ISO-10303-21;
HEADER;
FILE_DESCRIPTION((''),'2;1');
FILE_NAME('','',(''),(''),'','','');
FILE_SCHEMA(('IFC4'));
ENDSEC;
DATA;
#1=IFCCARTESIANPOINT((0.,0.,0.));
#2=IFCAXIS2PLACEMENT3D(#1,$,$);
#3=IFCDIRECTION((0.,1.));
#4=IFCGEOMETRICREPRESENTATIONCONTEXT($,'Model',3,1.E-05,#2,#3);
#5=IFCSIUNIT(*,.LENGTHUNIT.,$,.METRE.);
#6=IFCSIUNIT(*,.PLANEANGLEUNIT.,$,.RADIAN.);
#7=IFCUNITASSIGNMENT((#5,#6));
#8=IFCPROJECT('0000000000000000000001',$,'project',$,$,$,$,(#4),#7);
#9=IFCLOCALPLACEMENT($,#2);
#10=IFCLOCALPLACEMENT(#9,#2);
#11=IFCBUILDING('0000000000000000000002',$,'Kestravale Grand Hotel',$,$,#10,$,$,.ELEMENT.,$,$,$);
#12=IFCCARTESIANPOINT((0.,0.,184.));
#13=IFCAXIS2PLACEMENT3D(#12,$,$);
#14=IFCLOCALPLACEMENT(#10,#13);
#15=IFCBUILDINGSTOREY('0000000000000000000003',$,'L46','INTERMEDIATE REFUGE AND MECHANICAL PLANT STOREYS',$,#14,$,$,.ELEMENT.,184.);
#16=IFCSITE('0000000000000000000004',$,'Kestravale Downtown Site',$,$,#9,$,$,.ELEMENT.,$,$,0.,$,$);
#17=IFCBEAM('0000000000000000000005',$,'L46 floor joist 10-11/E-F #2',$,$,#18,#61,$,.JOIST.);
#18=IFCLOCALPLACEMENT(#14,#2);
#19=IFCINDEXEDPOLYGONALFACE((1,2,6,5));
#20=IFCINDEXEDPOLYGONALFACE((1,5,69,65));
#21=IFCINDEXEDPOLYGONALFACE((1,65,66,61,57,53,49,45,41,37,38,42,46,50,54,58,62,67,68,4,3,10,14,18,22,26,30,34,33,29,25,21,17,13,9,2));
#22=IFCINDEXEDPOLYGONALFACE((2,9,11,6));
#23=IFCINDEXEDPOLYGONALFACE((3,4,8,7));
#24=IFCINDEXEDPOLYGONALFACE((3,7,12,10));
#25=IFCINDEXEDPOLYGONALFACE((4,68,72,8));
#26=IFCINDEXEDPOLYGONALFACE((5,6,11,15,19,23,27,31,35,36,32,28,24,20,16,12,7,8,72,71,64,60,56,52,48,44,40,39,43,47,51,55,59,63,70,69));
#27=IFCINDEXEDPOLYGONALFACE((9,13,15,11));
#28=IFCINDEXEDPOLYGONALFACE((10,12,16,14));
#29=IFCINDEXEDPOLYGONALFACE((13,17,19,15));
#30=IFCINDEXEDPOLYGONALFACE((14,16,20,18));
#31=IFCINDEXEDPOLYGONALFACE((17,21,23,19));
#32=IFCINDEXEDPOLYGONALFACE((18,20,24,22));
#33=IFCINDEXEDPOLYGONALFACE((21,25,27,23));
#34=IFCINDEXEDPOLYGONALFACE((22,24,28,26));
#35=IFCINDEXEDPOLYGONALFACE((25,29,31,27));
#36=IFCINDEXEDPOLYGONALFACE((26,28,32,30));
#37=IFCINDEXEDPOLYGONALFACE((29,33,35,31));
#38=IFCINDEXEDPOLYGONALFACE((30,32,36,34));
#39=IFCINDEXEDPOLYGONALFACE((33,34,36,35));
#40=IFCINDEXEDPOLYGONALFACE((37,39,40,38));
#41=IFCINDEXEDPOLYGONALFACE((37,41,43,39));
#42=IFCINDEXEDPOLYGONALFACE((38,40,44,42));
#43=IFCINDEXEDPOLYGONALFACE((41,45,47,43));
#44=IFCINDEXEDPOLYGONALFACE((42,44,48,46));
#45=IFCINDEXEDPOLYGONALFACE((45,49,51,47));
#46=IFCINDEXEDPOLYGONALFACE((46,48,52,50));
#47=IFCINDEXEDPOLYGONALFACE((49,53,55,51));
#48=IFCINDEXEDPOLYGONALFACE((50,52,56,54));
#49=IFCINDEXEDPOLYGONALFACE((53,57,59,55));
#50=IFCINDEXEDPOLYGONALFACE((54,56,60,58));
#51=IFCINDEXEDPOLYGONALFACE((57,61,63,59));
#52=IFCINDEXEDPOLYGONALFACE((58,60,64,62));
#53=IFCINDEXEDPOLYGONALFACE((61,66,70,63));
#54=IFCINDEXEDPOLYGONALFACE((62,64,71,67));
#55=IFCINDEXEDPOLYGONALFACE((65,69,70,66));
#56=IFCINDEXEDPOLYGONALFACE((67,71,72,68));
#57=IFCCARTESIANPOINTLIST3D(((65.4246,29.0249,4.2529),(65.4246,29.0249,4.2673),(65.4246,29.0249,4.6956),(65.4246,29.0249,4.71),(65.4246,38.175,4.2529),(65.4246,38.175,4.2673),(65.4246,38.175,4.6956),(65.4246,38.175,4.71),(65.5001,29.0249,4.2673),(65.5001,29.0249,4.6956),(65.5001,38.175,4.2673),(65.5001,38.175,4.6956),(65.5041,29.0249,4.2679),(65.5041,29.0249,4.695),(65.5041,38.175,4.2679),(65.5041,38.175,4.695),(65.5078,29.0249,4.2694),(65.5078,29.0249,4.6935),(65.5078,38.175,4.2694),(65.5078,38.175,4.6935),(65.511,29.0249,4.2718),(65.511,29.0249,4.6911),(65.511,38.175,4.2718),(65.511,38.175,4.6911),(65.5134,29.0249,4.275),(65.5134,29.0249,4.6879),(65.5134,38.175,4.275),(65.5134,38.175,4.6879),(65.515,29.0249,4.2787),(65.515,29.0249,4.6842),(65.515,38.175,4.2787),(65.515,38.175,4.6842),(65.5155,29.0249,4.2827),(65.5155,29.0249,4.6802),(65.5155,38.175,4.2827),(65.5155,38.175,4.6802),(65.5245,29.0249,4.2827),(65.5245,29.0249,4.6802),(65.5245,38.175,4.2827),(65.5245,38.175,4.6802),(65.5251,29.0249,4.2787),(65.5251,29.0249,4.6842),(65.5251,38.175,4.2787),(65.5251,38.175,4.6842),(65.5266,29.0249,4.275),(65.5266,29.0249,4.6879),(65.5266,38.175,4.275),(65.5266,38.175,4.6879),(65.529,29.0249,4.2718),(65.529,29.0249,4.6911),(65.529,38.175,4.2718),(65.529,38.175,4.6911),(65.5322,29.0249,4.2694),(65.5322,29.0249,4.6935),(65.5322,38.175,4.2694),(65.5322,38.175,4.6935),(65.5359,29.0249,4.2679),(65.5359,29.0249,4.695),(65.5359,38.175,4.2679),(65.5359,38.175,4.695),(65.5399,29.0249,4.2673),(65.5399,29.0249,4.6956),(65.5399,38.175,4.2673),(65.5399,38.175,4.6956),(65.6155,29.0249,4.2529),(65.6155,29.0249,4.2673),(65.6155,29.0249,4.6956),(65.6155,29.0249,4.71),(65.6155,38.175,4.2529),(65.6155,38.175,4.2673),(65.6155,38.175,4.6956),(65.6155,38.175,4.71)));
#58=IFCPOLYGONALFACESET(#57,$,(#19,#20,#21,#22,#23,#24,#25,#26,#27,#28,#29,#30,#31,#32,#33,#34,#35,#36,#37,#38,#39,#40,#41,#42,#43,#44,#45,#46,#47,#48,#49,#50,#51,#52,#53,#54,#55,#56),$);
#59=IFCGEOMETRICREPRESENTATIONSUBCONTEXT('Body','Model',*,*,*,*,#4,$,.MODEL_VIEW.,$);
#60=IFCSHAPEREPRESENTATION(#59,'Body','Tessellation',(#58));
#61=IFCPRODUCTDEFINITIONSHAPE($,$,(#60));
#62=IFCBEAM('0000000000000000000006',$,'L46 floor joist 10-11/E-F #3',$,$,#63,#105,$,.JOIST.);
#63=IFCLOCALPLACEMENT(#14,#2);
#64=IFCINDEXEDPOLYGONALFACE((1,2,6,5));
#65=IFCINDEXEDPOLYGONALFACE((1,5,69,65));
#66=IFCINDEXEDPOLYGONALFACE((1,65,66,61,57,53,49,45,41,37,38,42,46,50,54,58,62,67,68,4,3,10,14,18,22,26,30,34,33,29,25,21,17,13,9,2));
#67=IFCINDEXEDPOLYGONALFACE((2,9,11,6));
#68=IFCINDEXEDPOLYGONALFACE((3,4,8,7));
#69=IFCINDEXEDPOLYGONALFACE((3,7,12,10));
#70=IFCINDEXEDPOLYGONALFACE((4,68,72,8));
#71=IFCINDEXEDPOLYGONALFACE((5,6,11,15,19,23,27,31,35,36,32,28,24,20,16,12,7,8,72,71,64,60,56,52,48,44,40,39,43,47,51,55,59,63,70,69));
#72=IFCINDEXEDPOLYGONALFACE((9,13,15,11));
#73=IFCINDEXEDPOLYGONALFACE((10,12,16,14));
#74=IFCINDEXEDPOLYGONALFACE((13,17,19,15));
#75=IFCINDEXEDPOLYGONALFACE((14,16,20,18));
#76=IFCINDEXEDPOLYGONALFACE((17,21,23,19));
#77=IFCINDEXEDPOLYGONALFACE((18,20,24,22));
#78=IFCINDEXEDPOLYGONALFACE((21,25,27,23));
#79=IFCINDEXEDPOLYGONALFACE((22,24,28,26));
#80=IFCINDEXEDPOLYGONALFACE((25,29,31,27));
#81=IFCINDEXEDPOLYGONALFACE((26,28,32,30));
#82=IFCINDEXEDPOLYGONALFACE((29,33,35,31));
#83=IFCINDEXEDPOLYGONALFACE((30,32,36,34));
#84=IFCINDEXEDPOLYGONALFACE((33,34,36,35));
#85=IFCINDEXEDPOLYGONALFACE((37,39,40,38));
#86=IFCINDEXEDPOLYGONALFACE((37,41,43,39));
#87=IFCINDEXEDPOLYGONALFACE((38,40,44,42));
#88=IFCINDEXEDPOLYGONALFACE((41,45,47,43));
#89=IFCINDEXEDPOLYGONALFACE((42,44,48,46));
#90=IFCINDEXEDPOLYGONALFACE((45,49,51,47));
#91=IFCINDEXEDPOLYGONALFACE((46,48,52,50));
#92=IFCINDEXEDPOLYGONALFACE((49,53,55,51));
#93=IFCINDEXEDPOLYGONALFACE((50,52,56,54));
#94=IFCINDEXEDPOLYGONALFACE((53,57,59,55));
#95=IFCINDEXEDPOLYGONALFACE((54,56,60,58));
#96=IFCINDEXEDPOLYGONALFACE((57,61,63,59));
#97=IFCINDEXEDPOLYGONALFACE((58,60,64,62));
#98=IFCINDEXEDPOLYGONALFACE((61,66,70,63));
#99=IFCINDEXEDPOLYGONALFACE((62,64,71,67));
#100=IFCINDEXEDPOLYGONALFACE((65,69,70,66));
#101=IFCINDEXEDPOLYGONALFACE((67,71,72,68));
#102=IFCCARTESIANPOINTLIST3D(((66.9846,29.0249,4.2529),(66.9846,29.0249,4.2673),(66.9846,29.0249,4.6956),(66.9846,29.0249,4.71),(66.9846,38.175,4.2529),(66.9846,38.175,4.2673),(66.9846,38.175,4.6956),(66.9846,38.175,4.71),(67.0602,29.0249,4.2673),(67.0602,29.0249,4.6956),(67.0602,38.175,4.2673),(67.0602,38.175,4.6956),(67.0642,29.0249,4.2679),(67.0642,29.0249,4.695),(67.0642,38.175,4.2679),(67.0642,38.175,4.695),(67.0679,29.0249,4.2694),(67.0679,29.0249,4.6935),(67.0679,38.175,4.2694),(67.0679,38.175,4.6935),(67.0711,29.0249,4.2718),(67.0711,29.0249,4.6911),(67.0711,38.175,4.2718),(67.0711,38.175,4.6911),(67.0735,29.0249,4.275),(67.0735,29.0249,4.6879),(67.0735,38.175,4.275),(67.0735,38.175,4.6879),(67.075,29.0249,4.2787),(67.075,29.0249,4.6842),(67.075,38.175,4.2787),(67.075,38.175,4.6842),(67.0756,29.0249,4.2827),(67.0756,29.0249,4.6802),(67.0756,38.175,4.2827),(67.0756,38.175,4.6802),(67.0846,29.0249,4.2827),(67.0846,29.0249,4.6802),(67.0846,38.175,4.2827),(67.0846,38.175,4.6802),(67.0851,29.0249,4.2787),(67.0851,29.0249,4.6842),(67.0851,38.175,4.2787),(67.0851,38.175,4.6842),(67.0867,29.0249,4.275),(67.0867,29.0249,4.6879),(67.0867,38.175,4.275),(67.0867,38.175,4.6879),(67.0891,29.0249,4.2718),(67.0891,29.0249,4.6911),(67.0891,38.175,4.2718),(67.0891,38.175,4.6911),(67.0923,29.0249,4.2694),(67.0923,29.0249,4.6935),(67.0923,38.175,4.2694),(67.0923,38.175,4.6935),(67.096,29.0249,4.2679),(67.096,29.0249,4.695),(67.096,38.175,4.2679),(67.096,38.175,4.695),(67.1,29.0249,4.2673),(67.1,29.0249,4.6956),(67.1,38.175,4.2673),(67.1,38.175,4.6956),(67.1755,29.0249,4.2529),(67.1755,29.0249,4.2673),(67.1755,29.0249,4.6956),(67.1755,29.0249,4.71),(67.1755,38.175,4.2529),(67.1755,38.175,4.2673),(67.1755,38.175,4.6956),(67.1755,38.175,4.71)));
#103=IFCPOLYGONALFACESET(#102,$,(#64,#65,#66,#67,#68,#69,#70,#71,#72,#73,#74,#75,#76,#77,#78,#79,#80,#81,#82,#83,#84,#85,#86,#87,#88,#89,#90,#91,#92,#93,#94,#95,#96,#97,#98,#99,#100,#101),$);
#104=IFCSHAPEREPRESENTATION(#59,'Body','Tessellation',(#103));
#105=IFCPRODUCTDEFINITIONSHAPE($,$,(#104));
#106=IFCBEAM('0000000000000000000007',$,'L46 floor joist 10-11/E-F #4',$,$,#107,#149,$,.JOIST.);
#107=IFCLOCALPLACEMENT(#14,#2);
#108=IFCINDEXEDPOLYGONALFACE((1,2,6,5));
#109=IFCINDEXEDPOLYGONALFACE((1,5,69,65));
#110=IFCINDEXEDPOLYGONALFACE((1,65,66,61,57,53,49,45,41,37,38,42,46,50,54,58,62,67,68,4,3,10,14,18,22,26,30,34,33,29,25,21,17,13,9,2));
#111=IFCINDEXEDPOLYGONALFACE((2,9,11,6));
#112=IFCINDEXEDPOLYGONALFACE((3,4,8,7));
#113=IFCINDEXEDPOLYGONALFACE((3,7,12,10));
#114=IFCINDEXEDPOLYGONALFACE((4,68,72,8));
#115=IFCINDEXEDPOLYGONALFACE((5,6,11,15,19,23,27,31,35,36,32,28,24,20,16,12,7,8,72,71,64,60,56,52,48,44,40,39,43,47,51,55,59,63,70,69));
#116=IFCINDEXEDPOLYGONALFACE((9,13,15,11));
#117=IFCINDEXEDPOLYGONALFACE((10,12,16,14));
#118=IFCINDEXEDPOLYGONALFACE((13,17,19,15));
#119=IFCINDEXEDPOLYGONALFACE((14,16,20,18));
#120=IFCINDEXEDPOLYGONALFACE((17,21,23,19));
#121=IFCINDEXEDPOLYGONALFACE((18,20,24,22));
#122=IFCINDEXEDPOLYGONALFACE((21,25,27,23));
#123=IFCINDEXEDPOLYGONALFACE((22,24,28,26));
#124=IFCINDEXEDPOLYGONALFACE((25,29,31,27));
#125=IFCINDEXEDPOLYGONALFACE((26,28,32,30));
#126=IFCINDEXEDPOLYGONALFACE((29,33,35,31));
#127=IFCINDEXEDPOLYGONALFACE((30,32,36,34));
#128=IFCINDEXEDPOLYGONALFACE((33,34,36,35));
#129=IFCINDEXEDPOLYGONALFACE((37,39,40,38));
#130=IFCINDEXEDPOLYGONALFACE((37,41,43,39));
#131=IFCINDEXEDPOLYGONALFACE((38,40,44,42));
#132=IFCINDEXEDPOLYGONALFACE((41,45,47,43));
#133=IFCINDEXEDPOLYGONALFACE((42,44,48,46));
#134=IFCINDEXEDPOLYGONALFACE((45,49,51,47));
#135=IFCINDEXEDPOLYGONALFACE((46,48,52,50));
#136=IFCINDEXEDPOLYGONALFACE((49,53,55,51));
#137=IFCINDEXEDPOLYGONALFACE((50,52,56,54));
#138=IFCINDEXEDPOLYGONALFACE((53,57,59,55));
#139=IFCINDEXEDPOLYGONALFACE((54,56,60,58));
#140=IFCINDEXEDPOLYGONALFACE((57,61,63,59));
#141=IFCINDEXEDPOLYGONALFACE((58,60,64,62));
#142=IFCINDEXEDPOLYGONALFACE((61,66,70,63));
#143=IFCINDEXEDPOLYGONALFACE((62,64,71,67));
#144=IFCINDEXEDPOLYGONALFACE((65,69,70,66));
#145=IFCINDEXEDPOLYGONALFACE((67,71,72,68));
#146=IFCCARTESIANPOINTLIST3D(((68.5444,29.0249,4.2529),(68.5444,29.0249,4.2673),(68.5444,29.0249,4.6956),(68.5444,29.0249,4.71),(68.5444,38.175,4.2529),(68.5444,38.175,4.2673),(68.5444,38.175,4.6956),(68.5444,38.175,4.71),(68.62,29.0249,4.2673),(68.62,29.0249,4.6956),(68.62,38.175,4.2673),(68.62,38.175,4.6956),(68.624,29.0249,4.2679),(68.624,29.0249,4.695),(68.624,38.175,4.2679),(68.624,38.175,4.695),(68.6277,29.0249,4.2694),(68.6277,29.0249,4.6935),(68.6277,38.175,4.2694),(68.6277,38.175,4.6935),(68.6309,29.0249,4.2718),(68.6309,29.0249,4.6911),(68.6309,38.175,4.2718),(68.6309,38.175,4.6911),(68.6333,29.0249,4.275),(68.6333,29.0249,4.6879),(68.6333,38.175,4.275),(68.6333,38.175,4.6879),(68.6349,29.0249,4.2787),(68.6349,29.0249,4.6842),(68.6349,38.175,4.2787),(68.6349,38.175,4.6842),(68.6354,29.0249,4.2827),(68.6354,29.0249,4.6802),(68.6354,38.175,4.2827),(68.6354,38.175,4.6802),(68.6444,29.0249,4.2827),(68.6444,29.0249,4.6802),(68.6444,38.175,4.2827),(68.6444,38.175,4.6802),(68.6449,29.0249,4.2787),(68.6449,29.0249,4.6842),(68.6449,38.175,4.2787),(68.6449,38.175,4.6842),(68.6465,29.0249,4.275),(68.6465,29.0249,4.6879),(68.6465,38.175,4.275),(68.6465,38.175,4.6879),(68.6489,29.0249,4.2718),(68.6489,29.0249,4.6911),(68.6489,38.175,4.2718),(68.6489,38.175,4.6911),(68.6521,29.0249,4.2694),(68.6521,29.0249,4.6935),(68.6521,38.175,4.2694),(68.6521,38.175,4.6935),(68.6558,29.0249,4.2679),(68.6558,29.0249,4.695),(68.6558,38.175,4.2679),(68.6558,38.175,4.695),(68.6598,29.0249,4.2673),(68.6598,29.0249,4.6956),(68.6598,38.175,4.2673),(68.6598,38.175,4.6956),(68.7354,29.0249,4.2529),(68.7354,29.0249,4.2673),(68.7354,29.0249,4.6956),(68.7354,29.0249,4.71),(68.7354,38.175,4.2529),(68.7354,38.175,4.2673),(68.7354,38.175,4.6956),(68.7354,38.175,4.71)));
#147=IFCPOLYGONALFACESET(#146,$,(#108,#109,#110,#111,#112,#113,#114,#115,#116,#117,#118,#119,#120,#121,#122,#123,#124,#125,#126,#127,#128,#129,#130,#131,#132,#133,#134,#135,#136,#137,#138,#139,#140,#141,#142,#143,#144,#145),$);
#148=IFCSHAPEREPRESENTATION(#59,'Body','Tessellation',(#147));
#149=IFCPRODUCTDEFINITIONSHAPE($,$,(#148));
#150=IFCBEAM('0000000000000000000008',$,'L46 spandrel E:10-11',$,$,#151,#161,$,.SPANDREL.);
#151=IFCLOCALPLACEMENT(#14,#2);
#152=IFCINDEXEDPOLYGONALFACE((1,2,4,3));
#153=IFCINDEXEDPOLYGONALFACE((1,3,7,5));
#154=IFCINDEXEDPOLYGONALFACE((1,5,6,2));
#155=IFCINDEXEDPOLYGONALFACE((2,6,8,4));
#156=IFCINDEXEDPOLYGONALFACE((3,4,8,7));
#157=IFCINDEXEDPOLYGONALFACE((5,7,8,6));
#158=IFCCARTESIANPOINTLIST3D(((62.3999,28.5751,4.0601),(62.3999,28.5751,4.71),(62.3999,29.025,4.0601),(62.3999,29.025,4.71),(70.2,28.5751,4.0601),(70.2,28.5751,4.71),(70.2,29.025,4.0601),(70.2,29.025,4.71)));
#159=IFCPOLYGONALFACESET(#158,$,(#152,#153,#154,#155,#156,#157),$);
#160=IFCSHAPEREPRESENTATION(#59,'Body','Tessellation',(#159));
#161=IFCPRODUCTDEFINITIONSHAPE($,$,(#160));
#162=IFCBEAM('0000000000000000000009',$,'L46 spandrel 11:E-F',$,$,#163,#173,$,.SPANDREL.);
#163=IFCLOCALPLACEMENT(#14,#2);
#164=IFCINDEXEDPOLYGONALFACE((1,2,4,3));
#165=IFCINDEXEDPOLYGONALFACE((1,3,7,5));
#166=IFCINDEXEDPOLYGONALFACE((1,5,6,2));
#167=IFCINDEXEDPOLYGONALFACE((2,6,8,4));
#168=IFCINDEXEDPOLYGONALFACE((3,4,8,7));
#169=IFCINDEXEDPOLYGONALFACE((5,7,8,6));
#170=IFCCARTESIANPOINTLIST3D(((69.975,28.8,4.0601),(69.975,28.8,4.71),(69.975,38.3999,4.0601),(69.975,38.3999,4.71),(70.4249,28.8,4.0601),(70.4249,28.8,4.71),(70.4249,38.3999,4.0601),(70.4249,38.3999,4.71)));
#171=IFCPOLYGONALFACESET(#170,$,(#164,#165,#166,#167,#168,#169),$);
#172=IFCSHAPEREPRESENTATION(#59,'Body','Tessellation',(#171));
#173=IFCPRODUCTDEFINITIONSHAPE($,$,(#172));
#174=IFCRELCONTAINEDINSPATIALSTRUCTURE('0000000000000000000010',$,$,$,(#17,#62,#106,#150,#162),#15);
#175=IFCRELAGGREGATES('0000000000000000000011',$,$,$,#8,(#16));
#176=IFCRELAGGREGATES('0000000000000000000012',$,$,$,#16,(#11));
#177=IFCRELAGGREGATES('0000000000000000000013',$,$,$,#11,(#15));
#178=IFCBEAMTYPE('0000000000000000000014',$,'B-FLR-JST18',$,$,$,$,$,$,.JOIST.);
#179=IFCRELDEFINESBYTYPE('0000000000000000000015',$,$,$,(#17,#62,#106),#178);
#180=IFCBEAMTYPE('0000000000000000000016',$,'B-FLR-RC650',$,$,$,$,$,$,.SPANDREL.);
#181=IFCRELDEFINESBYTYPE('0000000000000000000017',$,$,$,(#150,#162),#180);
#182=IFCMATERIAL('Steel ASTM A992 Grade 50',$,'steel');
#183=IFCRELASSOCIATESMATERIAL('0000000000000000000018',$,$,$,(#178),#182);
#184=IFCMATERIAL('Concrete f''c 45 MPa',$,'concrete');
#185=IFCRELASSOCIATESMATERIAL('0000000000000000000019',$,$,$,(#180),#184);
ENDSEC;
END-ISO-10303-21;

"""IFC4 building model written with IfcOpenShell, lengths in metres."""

from ifc_helpers import new_model, si_unit, direction, frame, origin, origin_2d, place, context, subcontext, project, spatial, rectangle, i_section, extrude, material, material_profile, profile_set, type_object, element, save


model = new_model("IFC4")

# Units and contexts
model_context = context("Model", 3, precision=1e-05, world=origin(), true_north=direction((0.0, 1.0)))
body_context = subcontext(model_context, "Body", "Model", "MODEL_VIEW")
ifc_project = project(units=[si_unit("LENGTHUNIT", "METRE"), si_unit("PLANEANGLEUNIT", "RADIAN")], contexts=[model_context])

# Site, building, storey
site_placement = place(None, origin())
site = spatial("IfcSite", under=ifc_project, at=site_placement, Name="Kestravale Downtown Site", CompositionType="ELEMENT", RefElevation=0.0)
building_placement = place(site_placement, origin())
building = spatial("IfcBuilding", under=site, at=building_placement, Name="Kestravale Grand Hotel", CompositionType="ELEMENT")
storey_placement = place(building_placement, frame((0.0, 0.0, 184.0)))
storey = spatial("IfcBuildingStorey", under=building, at=storey_placement, Name="L46", Description="INTERMEDIATE REFUGE AND MECHANICAL PLANT STOREYS", CompositionType="ELEMENT", Elevation=184.0)

# Beams
ifc_material_1 = material(Name="Steel ASTM A992 Grade 50", Category="steel")
ifc_material_profile_1 = material_profile(ifc_material_1, i_section(OverallWidth=0.1909, OverallDepth=0.457, WebThickness=0.009, FlangeThickness=0.0144, FilletRadius=0.0154, at=origin_2d()))
ifc_profile_set_1 = profile_set([ifc_material_profile_1], Name="Steel ASTM A992 Grade 50")
beam_type_1 = type_object("IfcBeamType", Name="B-FLR-JST18", PredefinedType="JOIST", material=ifc_profile_set_1)
for number, where, z_axis, x_axis, name in (
    (1, (65.52, 29.0249, 4.4814), (0.0, 1.0, 0.0), (-1.0, 0.0, 0.0), "L46 floor joist 10-11/E-F #2"),
    (2, (67.0801, 29.0249, 4.4814), (0.0, 1.0, 0.0), (-1.0, 0.0, 0.0), "L46 floor joist 10-11/E-F #3"),
    (3, (68.6399, 29.0249, 4.4814), (0.0, 1.0, 0.0), (-1.0, 0.0, 0.0), "L46 floor joist 10-11/E-F #4"),
):
    element("IfcBeam", number, at=place(storey_placement, frame(where, z_axis=z_axis, x_axis=x_axis)), inside=storey, type_object=beam_type_1, Name=name, PredefinedType="JOIST", context=body_context, shape_type="SweptSolid", body=[
        extrude(i_section(OverallWidth=0.1909, OverallDepth=0.457, WebThickness=0.009, FlangeThickness=0.0144, FilletRadius=0.0154, at=origin_2d()), origin(), (0.0, 0.0, 1.0), 9.1501),
    ])
ifc_material_2 = material(Name="Concrete f'c 45 MPa", Category="concrete")
ifc_material_profile_2 = material_profile(ifc_material_2, rectangle(XDim=0.45, YDim=0.6499, at=origin_2d()))
ifc_profile_set_2 = profile_set([ifc_material_profile_2], Name="Concrete f'c 45 MPa")
beam_type_2 = type_object("IfcBeamType", Name="B-FLR-RC650", PredefinedType="SPANDREL", material=ifc_profile_set_2)
beam_1_placement = place(storey_placement, frame((62.3999, 28.8, 4.385), z_axis=(1.0, 0.0, 0.0), x_axis=(0.0, 1.0, 0.0)))
element("IfcBeam", 4, at=beam_1_placement, inside=storey, type_object=beam_type_2, Name="L46 spandrel E:10-11", PredefinedType="SPANDREL", context=body_context, shape_type="SweptSolid", body=[
    extrude(rectangle(XDim=0.45, YDim=0.6499, at=origin_2d()), origin(), (0.0, 0.0, 1.0), 7.8),
])
beam_2_placement = place(storey_placement, frame((70.2, 28.8, 4.385), z_axis=(0.0, 1.0, 0.0), x_axis=(-1.0, 0.0, 0.0)))
element("IfcBeam", 5, at=beam_2_placement, inside=storey, type_object=beam_type_2, Name="L46 spandrel 11:E-F", PredefinedType="SPANDREL", context=body_context, shape_type="SweptSolid", body=[
    extrude(rectangle(XDim=0.45, YDim=0.6499, at=origin_2d()), origin(), (0.0, 0.0, 1.0), 9.5999),
])

save(model, "model.ifc")
